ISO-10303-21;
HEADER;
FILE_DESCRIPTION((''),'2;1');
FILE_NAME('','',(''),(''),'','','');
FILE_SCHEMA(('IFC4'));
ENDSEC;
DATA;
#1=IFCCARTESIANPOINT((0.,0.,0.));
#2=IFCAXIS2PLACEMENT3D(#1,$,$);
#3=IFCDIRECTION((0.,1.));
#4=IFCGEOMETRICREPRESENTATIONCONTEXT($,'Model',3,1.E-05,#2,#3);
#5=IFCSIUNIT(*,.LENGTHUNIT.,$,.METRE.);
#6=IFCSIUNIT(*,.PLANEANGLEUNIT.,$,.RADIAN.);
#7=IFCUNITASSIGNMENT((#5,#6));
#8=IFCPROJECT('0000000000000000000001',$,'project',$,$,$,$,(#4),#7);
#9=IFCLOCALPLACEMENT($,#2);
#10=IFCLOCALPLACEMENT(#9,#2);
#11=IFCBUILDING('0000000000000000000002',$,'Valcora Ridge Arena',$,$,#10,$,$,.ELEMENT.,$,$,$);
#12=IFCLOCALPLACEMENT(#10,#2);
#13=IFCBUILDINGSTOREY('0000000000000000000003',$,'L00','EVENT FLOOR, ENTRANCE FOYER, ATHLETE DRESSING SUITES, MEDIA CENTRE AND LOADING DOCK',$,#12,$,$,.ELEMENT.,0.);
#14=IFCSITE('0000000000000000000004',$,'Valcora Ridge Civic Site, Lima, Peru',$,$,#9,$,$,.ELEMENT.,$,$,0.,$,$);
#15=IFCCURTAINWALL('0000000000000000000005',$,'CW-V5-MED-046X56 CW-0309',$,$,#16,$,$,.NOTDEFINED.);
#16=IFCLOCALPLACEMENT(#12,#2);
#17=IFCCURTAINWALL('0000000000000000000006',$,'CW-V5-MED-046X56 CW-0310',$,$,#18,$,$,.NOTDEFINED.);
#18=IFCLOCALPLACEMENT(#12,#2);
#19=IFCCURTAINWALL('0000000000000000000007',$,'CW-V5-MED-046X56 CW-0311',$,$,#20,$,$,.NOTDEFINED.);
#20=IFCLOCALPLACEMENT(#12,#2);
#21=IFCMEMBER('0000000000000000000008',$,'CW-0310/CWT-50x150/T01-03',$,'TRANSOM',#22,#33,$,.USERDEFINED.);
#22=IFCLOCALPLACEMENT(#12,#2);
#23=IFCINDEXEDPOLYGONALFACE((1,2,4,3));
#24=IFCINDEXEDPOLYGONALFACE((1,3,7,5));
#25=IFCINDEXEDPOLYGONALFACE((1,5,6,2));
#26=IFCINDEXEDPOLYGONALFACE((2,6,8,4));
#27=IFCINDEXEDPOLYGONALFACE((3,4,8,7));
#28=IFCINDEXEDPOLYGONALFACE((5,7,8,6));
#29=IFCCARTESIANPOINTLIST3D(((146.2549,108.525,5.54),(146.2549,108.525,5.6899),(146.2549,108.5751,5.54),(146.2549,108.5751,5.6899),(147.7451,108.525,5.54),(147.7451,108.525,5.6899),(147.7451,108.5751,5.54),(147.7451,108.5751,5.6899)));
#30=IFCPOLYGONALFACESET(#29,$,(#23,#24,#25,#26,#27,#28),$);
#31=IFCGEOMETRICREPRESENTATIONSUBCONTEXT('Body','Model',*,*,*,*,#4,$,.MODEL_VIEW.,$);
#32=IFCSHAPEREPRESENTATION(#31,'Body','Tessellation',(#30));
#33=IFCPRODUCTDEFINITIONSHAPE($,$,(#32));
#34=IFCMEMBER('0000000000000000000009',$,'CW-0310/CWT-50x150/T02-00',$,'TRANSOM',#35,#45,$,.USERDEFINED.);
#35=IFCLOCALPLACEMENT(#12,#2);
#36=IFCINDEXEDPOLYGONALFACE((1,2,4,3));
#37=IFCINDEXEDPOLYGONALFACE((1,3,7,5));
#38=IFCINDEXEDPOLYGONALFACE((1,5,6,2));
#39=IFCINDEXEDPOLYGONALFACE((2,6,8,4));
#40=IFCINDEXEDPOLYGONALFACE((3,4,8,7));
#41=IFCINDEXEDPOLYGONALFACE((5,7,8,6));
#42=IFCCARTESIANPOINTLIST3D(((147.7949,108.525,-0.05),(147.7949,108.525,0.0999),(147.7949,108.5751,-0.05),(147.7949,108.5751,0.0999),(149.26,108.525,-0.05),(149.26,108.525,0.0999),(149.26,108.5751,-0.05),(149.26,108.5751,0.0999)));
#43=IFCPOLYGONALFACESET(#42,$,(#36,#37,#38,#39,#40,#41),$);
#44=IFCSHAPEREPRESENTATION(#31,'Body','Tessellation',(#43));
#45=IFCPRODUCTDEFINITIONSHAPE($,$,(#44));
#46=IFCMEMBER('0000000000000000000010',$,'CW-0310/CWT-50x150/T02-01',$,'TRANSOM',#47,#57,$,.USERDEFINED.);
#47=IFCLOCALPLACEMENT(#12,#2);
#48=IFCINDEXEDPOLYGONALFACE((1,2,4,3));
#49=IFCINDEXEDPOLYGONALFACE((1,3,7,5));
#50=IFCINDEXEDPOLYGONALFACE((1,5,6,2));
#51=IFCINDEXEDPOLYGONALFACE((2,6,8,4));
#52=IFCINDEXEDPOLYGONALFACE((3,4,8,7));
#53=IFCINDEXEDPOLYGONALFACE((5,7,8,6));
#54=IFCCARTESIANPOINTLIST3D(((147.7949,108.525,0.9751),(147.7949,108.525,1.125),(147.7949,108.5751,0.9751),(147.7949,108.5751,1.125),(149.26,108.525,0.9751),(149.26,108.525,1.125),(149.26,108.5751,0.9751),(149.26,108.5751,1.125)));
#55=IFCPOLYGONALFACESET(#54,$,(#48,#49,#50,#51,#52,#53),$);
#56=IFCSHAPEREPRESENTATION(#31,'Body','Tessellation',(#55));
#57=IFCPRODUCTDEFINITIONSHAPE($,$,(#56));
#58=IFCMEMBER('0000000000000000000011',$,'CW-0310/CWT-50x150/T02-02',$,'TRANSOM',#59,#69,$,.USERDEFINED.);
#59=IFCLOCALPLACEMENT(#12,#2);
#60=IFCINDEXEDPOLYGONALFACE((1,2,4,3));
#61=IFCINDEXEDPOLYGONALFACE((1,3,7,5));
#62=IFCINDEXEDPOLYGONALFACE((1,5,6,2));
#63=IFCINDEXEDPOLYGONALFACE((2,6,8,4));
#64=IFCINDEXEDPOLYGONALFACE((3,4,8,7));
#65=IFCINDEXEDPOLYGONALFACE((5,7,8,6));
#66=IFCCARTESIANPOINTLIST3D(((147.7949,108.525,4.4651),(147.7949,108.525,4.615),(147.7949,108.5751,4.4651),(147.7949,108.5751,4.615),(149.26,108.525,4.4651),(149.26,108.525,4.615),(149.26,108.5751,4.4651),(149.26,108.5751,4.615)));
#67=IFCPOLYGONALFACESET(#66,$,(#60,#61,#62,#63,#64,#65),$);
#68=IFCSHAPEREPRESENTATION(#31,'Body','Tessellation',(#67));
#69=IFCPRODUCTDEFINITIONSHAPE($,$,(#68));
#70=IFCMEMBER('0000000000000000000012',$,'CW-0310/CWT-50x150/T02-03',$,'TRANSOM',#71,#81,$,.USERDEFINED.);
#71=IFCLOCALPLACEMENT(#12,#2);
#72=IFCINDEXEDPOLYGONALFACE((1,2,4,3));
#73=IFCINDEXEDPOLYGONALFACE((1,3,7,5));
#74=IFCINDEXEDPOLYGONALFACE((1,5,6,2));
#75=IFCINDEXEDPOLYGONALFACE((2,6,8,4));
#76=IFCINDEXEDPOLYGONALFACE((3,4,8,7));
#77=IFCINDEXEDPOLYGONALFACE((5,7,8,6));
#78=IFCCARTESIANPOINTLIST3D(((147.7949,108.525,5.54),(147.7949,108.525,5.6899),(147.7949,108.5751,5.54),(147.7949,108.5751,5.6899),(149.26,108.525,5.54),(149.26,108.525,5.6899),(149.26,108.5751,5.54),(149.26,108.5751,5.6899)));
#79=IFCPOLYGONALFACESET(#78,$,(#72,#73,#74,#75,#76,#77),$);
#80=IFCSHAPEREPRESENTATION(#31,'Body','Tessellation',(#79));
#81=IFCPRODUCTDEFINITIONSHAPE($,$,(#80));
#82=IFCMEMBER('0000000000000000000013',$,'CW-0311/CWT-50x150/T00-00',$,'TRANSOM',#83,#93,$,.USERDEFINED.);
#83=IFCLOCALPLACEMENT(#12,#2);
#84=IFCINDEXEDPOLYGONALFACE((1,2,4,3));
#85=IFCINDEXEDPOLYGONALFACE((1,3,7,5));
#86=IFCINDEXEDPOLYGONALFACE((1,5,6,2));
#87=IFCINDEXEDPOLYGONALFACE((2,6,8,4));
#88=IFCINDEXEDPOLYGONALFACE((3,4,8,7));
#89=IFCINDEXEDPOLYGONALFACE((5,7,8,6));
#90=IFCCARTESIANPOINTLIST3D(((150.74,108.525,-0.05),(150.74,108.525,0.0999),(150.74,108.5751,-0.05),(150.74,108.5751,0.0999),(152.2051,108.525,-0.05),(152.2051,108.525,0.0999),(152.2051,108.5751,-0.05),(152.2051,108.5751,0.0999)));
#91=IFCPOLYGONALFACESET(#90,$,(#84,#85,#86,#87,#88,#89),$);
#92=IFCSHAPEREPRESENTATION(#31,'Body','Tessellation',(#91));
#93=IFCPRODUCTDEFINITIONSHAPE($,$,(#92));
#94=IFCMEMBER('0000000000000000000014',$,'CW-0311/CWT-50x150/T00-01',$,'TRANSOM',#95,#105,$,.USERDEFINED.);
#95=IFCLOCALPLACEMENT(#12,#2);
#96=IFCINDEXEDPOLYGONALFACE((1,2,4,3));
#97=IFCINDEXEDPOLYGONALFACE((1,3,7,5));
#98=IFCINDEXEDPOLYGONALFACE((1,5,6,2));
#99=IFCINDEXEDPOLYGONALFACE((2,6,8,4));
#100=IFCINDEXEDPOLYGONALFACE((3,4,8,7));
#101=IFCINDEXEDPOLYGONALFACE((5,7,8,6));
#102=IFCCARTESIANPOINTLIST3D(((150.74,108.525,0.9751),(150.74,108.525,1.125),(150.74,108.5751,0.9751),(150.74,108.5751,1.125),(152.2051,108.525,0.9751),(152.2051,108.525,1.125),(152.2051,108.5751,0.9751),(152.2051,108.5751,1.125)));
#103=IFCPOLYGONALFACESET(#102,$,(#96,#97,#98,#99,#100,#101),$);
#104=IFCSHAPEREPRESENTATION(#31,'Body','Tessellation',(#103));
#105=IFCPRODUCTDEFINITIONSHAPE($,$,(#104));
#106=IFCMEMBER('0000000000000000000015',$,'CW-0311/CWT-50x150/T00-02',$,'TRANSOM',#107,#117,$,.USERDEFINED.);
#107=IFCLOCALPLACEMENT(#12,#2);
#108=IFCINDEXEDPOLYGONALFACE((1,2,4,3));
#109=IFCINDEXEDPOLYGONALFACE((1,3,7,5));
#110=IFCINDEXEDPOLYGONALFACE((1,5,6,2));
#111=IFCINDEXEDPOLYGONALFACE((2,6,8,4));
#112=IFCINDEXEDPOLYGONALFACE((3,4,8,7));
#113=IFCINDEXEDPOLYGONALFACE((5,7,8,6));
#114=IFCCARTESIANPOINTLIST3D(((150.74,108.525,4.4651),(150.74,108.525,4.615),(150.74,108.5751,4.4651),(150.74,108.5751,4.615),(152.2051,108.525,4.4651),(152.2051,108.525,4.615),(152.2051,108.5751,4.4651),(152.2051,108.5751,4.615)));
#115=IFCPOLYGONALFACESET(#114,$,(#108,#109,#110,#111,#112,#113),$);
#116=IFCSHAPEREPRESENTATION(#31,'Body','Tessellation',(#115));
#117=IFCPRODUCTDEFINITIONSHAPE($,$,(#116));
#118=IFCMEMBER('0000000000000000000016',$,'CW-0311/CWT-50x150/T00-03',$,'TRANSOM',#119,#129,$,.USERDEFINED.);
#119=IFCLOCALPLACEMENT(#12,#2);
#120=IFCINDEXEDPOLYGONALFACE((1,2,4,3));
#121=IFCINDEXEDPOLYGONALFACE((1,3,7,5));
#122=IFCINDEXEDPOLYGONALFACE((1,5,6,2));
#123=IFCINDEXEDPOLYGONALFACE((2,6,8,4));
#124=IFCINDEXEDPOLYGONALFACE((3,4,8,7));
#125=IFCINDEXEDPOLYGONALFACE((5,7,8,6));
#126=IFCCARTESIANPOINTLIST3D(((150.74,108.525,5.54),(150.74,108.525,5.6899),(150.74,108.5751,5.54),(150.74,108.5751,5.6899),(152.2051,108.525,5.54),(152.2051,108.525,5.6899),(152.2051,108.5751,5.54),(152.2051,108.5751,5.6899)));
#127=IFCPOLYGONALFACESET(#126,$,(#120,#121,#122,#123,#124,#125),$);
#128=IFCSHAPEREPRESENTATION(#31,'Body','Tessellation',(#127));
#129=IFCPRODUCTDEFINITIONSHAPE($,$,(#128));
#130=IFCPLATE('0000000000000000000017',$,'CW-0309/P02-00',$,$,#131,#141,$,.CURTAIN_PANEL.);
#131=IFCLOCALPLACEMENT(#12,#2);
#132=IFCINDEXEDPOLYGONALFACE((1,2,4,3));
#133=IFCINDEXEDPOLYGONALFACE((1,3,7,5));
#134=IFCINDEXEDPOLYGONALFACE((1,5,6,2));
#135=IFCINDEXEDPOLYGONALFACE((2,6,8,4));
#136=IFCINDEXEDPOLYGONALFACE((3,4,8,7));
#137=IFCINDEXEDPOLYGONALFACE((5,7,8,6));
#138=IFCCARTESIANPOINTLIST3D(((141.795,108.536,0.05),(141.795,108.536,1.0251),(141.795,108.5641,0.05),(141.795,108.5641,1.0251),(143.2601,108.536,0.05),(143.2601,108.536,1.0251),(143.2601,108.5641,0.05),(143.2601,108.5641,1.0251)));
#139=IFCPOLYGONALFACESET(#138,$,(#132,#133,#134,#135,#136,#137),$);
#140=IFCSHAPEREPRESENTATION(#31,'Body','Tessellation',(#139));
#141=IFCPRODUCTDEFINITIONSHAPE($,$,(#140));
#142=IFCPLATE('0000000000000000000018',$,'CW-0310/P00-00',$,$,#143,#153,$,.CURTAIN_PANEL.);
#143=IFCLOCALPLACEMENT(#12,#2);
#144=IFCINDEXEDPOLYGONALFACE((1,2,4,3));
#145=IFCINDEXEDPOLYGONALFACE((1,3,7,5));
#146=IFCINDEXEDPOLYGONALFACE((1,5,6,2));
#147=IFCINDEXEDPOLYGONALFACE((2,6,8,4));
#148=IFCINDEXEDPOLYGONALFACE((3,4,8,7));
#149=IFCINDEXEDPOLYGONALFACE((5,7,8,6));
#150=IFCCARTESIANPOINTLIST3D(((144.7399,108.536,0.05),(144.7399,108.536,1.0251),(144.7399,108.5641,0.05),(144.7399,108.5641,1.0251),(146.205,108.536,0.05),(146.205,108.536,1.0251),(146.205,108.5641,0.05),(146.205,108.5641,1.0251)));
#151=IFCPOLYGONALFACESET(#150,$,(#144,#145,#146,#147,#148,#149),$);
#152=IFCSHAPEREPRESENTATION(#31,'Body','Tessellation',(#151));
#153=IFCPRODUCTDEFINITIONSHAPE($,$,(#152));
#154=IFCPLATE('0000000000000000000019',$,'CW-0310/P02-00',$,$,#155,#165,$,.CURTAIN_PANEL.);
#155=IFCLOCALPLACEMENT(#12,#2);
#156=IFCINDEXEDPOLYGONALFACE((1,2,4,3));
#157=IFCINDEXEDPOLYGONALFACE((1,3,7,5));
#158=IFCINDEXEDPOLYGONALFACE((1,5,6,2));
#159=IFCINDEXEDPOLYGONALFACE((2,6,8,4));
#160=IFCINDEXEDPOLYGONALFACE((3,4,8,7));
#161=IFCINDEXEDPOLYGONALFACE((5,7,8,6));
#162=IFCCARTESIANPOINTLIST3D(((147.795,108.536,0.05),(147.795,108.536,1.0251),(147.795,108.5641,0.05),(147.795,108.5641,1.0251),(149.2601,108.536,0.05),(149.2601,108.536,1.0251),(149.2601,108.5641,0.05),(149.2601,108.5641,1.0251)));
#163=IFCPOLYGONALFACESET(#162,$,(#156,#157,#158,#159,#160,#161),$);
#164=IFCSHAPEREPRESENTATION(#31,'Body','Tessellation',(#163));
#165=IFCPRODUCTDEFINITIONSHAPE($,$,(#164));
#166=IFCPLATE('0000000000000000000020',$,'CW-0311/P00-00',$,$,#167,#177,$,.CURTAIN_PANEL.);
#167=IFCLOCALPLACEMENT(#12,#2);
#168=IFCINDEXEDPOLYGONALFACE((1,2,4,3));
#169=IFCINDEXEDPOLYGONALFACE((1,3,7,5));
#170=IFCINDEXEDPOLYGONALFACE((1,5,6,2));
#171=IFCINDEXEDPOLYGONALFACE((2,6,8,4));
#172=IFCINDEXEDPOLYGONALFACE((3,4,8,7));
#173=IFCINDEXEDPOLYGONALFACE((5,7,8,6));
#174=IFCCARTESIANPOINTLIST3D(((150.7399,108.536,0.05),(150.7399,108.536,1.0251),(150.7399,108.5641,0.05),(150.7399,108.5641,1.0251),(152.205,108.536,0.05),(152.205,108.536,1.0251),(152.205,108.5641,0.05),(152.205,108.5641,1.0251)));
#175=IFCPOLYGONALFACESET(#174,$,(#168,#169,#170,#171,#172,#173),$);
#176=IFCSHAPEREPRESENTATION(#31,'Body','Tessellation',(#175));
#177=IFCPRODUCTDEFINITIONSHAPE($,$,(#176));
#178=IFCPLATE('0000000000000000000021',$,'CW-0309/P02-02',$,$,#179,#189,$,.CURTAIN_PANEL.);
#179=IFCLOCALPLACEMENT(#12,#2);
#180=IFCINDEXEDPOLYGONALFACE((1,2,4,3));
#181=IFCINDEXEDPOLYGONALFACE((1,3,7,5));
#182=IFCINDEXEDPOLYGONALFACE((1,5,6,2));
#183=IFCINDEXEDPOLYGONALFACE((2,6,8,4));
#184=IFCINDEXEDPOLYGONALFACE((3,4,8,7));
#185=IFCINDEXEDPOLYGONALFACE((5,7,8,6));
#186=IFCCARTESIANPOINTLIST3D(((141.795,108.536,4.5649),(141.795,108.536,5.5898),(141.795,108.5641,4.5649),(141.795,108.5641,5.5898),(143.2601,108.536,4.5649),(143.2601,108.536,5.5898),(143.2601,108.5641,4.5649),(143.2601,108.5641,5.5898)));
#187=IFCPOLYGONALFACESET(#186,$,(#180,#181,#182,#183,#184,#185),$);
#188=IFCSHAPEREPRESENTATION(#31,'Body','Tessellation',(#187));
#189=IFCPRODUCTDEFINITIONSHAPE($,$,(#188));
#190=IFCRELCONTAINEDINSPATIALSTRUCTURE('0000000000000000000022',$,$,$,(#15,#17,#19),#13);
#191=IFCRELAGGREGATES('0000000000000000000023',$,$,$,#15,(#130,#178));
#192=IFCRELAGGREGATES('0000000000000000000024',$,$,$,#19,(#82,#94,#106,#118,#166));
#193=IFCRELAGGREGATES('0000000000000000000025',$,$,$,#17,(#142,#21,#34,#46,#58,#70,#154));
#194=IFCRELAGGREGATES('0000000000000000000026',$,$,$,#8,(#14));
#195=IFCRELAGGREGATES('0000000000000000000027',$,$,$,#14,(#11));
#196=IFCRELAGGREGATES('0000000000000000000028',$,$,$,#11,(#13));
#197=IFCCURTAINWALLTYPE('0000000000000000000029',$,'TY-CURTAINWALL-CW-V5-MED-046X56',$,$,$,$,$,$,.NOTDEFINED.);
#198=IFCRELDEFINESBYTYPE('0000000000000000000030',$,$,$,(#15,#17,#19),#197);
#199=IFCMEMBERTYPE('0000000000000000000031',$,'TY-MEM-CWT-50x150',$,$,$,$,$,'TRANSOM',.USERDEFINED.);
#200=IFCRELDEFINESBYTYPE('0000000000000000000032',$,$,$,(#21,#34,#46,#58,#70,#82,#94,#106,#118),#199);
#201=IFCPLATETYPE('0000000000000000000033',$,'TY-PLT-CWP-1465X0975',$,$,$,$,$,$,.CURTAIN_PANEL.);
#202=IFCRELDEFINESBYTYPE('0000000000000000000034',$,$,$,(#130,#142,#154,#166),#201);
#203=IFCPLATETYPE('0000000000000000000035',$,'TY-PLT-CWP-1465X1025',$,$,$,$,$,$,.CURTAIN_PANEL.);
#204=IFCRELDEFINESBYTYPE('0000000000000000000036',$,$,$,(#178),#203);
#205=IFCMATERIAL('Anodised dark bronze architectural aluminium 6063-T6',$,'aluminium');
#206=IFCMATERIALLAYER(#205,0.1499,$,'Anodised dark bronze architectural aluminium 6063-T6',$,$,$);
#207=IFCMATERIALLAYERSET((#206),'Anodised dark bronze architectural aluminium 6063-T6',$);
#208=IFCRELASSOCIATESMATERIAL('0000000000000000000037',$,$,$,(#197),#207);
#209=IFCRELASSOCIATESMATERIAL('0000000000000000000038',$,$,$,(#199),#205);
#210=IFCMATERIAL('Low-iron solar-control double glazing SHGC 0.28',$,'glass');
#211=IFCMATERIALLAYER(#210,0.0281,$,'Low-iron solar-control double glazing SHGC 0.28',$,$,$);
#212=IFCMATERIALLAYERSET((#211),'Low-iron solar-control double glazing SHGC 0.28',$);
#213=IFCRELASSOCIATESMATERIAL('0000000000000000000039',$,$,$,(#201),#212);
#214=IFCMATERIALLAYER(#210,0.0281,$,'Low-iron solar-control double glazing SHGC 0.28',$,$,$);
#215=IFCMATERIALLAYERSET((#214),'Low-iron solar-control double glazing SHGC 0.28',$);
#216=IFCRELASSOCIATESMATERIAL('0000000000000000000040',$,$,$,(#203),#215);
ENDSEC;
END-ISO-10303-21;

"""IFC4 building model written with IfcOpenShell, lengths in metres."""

from ifc_helpers import new_model, si_unit, direction, frame, origin, origin_2d, place, context, subcontext, project, spatial, rectangle, extrude, material, layer, layer_set, material_profile, profile_set, type_object, element, aggregate, save


model = new_model("IFC4")

# Units and contexts
model_context = context("Model", 3, precision=1e-05, world=origin(), true_north=direction((0.0, 1.0)))
body_context = subcontext(model_context, "Body", "Model", "MODEL_VIEW")
ifc_project = project(units=[si_unit("LENGTHUNIT", "METRE"), si_unit("PLANEANGLEUNIT", "RADIAN")], contexts=[model_context])

# Site, building, storey
site_placement = place(None, origin())
site = spatial("IfcSite", under=ifc_project, at=site_placement, Name="Valcora Ridge Civic Site, Lima, Peru", CompositionType="ELEMENT", RefElevation=0.0)
building_placement = place(site_placement, origin())
building = spatial("IfcBuilding", under=site, at=building_placement, Name="Valcora Ridge Arena", CompositionType="ELEMENT")
storey_placement = place(building_placement, origin())
storey = spatial("IfcBuildingStorey", under=building, at=storey_placement, Name="L00", Description="EVENT FLOOR, ENTRANCE FOYER, ATHLETE DRESSING SUITES, MEDIA CENTRE AND LOADING DOCK", CompositionType="ELEMENT", Elevation=0.0)

# Curtain wall
ifc_material_1 = material(Name="Anodised dark bronze architectural aluminium 6063-T6", Category="aluminium")
ifc_layer_1 = layer(ifc_material_1, 0.1499, Name="Anodised dark bronze architectural aluminium 6063-T6")
ifc_layer_set_1 = layer_set([ifc_layer_1], Name="Anodised dark bronze architectural aluminium 6063-T6")
curtain_wall_type = type_object("IfcCurtainWallType", Name="TY-CURTAINWALL-CW-V5-MED-046X56", PredefinedType="NOTDEFINED", material=ifc_layer_set_1)
curtain_wall_1_placement = place(storey_placement, origin())
curtain_wall_1 = element("IfcCurtainWall", 1, at=curtain_wall_1_placement, inside=storey, type_object=curtain_wall_type, Name="CW-V5-MED-046X56 CW-0309", PredefinedType="NOTDEFINED")

# Curtain walls
curtain_wall_2_placement = place(storey_placement, origin())
curtain_wall_2 = element("IfcCurtainWall", 2, at=curtain_wall_2_placement, inside=storey, type_object=curtain_wall_type, Name="CW-V5-MED-046X56 CW-0310", PredefinedType="NOTDEFINED")
curtain_wall_3_placement = place(storey_placement, origin())
curtain_wall_3 = element("IfcCurtainWall", 3, at=curtain_wall_3_placement, inside=storey, type_object=curtain_wall_type, Name="CW-V5-MED-046X56 CW-0311", PredefinedType="NOTDEFINED")

# Members
ifc_material_profile_1 = material_profile(ifc_material_1, rectangle(XDim=0.05, YDim=0.1499, at=origin_2d()), Name="ALU TRANSOM 50x150")
ifc_profile_set_1 = profile_set([ifc_material_profile_1], Name="Anodised dark bronze architectural aluminium 6063-T6")
member_type_1 = type_object("IfcMemberType", Name="TY-MEM-CWT-50x150", ElementType="TRANSOM", PredefinedType="USERDEFINED", material=ifc_profile_set_1)
member_1_placement = place(storey_placement, frame((146.2549, 108.55, 5.615), z_axis=(1.0, 0.0, 0.0), x_axis=(0.0, 1.0, 0.0)))
member_1 = element("IfcMember", 4, at=member_1_placement, type_object=member_type_1, Name="CW-0310/CWT-50x150/T01-03", ObjectType="TRANSOM", PredefinedType="USERDEFINED", context=body_context, shape_type="SweptSolid", body=[
    extrude(rectangle(XDim=0.05, YDim=0.1499, at=origin_2d()), origin(), (0.0, 0.0, 1.0), 1.4902),
])
member_2_placement = place(storey_placement, frame((147.7949, 108.55, 0.0249), z_axis=(1.0, 0.0, 0.0), x_axis=(0.0, 1.0, 0.0)))
member_2 = element("IfcMember", 5, at=member_2_placement, type_object=member_type_1, Name="CW-0310/CWT-50x150/T02-00", ObjectType="TRANSOM", PredefinedType="USERDEFINED", context=body_context, shape_type="SweptSolid", body=[
    extrude(rectangle(XDim=0.05, YDim=0.1499, at=origin_2d()), origin(), (0.0, 0.0, 1.0), 1.4651),
])
member_3_placement = place(storey_placement, frame((147.7949, 108.55, 1.05), z_axis=(1.0, 0.0, 0.0), x_axis=(0.0, 1.0, 0.0)))
member_3 = element("IfcMember", 6, at=member_3_placement, type_object=member_type_1, Name="CW-0310/CWT-50x150/T02-01", ObjectType="TRANSOM", PredefinedType="USERDEFINED", context=body_context, shape_type="SweptSolid", body=[
    extrude(rectangle(XDim=0.05, YDim=0.1499, at=origin_2d()), origin(), (0.0, 0.0, 1.0), 1.4651),
])
member_4_placement = place(storey_placement, frame((147.7949, 108.55, 4.54), z_axis=(1.0, 0.0, 0.0), x_axis=(0.0, 1.0, 0.0)))
member_4 = element("IfcMember", 7, at=member_4_placement, type_object=member_type_1, Name="CW-0310/CWT-50x150/T02-02", ObjectType="TRANSOM", PredefinedType="USERDEFINED", context=body_context, shape_type="SweptSolid", body=[
    extrude(rectangle(XDim=0.05, YDim=0.1499, at=origin_2d()), origin(), (0.0, 0.0, 1.0), 1.4651),
])
member_5_placement = place(storey_placement, frame((147.7949, 108.55, 5.615), z_axis=(1.0, 0.0, 0.0), x_axis=(0.0, 1.0, 0.0)))
member_5 = element("IfcMember", 8, at=member_5_placement, type_object=member_type_1, Name="CW-0310/CWT-50x150/T02-03", ObjectType="TRANSOM", PredefinedType="USERDEFINED", context=body_context, shape_type="SweptSolid", body=[
    extrude(rectangle(XDim=0.05, YDim=0.1499, at=origin_2d()), origin(), (0.0, 0.0, 1.0), 1.4651),
])
member_6_placement = place(storey_placement, frame((150.74, 108.55, 0.0249), z_axis=(1.0, 0.0, 0.0), x_axis=(0.0, 1.0, 0.0)))
member_6 = element("IfcMember", 9, at=member_6_placement, type_object=member_type_1, Name="CW-0311/CWT-50x150/T00-00", ObjectType="TRANSOM", PredefinedType="USERDEFINED", context=body_context, shape_type="SweptSolid", body=[
    extrude(rectangle(XDim=0.05, YDim=0.1499, at=origin_2d()), origin(), (0.0, 0.0, 1.0), 1.4651),
])
member_7_placement = place(storey_placement, frame((150.74, 108.55, 1.05), z_axis=(1.0, 0.0, 0.0), x_axis=(0.0, 1.0, 0.0)))
member_7 = element("IfcMember", 10, at=member_7_placement, type_object=member_type_1, Name="CW-0311/CWT-50x150/T00-01", ObjectType="TRANSOM", PredefinedType="USERDEFINED", context=body_context, shape_type="SweptSolid", body=[
    extrude(rectangle(XDim=0.05, YDim=0.1499, at=origin_2d()), origin(), (0.0, 0.0, 1.0), 1.4651),
])
member_8_placement = place(storey_placement, frame((150.74, 108.55, 4.54), z_axis=(1.0, 0.0, 0.0), x_axis=(0.0, 1.0, 0.0)))
member_8 = element("IfcMember", 11, at=member_8_placement, type_object=member_type_1, Name="CW-0311/CWT-50x150/T00-02", ObjectType="TRANSOM", PredefinedType="USERDEFINED", context=body_context, shape_type="SweptSolid", body=[
    extrude(rectangle(XDim=0.05, YDim=0.1499, at=origin_2d()), origin(), (0.0, 0.0, 1.0), 1.4651),
])
member_9_placement = place(storey_placement, frame((150.74, 108.55, 5.615), z_axis=(1.0, 0.0, 0.0), x_axis=(0.0, 1.0, 0.0)))
member_9 = element("IfcMember", 12, at=member_9_placement, type_object=member_type_1, Name="CW-0311/CWT-50x150/T00-03", ObjectType="TRANSOM", PredefinedType="USERDEFINED", context=body_context, shape_type="SweptSolid", body=[
    extrude(rectangle(XDim=0.05, YDim=0.1499, at=origin_2d()), origin(), (0.0, 0.0, 1.0), 1.4651),
])

# Plates
ifc_material_2 = material(Name="Low-iron solar-control double glazing SHGC 0.28", Category="glass")
ifc_layer_2 = layer(ifc_material_2, 0.0281, Name="Low-iron solar-control double glazing SHGC 0.28")
ifc_layer_set_2 = layer_set([ifc_layer_2], Name="Low-iron solar-control double glazing SHGC 0.28")
plate_type_1 = type_object("IfcPlateType", Name="TY-PLT-CWP-1465X0975", PredefinedType="CURTAIN_PANEL", material=ifc_layer_set_2)
plate_1_placement = place(storey_placement, frame((142.5276, 108.55, 0.05), z_axis=(0.0, 0.0, 1.0), x_axis=(1.0, 0.0, 0.0)))
plate_1 = element("IfcPlate", 13, at=plate_1_placement, type_object=plate_type_1, Name="CW-0309/P02-00", PredefinedType="CURTAIN_PANEL", context=body_context, shape_type="SweptSolid", body=[
    extrude(rectangle(XDim=1.4651, YDim=0.0281, at=origin_2d()), origin(), (0.0, 0.0, 1.0), 0.9751),
])
plate_2_placement = place(storey_placement, frame((145.4724, 108.55, 0.05), z_axis=(0.0, 0.0, 1.0), x_axis=(1.0, 0.0, 0.0)))
plate_2 = element("IfcPlate", 14, at=plate_2_placement, type_object=plate_type_1, Name="CW-0310/P00-00", PredefinedType="CURTAIN_PANEL", context=body_context, shape_type="SweptSolid", body=[
    extrude(rectangle(XDim=1.4651, YDim=0.0281, at=origin_2d()), origin(), (0.0, 0.0, 1.0), 0.9751),
])
plate_3_placement = place(storey_placement, frame((148.5276, 108.55, 0.05), z_axis=(0.0, 0.0, 1.0), x_axis=(1.0, 0.0, 0.0)))
plate_3 = element("IfcPlate", 15, at=plate_3_placement, type_object=plate_type_1, Name="CW-0310/P02-00", PredefinedType="CURTAIN_PANEL", context=body_context, shape_type="SweptSolid", body=[
    extrude(rectangle(XDim=1.4651, YDim=0.0281, at=origin_2d()), origin(), (0.0, 0.0, 1.0), 0.9751),
])
plate_4_placement = place(storey_placement, frame((151.4724, 108.55, 0.05), z_axis=(0.0, 0.0, 1.0), x_axis=(1.0, 0.0, 0.0)))
plate_4 = element("IfcPlate", 16, at=plate_4_placement, type_object=plate_type_1, Name="CW-0311/P00-00", PredefinedType="CURTAIN_PANEL", context=body_context, shape_type="SweptSolid", body=[
    extrude(rectangle(XDim=1.4651, YDim=0.0281, at=origin_2d()), origin(), (0.0, 0.0, 1.0), 0.9751),
])
ifc_layer_3 = layer(ifc_material_2, 0.0281, Name="Low-iron solar-control double glazing SHGC 0.28")
ifc_layer_set_3 = layer_set([ifc_layer_3], Name="Low-iron solar-control double glazing SHGC 0.28")
plate_type_2 = type_object("IfcPlateType", Name="TY-PLT-CWP-1465X1025", PredefinedType="CURTAIN_PANEL", material=ifc_layer_set_3)
plate_5_placement = place(storey_placement, frame((142.5276, 108.55, 4.5649), z_axis=(0.0, 0.0, 1.0), x_axis=(1.0, 0.0, 0.0)))
plate_5 = element("IfcPlate", 17, at=plate_5_placement, type_object=plate_type_2, Name="CW-0309/P02-02", PredefinedType="CURTAIN_PANEL", context=body_context, shape_type="SweptSolid", body=[
    extrude(rectangle(XDim=1.4651, YDim=0.0281, at=origin_2d()), origin(), (0.0, 0.0, 1.0), 1.0249),
])
aggregate(curtain_wall_1, [plate_1, plate_5])
aggregate(curtain_wall_3, [member_6, member_7, member_8, member_9, plate_4])
aggregate(curtain_wall_2, [plate_2, member_1, member_2, member_3, member_4, member_5, plate_3])

save(model, "model.ifc")
